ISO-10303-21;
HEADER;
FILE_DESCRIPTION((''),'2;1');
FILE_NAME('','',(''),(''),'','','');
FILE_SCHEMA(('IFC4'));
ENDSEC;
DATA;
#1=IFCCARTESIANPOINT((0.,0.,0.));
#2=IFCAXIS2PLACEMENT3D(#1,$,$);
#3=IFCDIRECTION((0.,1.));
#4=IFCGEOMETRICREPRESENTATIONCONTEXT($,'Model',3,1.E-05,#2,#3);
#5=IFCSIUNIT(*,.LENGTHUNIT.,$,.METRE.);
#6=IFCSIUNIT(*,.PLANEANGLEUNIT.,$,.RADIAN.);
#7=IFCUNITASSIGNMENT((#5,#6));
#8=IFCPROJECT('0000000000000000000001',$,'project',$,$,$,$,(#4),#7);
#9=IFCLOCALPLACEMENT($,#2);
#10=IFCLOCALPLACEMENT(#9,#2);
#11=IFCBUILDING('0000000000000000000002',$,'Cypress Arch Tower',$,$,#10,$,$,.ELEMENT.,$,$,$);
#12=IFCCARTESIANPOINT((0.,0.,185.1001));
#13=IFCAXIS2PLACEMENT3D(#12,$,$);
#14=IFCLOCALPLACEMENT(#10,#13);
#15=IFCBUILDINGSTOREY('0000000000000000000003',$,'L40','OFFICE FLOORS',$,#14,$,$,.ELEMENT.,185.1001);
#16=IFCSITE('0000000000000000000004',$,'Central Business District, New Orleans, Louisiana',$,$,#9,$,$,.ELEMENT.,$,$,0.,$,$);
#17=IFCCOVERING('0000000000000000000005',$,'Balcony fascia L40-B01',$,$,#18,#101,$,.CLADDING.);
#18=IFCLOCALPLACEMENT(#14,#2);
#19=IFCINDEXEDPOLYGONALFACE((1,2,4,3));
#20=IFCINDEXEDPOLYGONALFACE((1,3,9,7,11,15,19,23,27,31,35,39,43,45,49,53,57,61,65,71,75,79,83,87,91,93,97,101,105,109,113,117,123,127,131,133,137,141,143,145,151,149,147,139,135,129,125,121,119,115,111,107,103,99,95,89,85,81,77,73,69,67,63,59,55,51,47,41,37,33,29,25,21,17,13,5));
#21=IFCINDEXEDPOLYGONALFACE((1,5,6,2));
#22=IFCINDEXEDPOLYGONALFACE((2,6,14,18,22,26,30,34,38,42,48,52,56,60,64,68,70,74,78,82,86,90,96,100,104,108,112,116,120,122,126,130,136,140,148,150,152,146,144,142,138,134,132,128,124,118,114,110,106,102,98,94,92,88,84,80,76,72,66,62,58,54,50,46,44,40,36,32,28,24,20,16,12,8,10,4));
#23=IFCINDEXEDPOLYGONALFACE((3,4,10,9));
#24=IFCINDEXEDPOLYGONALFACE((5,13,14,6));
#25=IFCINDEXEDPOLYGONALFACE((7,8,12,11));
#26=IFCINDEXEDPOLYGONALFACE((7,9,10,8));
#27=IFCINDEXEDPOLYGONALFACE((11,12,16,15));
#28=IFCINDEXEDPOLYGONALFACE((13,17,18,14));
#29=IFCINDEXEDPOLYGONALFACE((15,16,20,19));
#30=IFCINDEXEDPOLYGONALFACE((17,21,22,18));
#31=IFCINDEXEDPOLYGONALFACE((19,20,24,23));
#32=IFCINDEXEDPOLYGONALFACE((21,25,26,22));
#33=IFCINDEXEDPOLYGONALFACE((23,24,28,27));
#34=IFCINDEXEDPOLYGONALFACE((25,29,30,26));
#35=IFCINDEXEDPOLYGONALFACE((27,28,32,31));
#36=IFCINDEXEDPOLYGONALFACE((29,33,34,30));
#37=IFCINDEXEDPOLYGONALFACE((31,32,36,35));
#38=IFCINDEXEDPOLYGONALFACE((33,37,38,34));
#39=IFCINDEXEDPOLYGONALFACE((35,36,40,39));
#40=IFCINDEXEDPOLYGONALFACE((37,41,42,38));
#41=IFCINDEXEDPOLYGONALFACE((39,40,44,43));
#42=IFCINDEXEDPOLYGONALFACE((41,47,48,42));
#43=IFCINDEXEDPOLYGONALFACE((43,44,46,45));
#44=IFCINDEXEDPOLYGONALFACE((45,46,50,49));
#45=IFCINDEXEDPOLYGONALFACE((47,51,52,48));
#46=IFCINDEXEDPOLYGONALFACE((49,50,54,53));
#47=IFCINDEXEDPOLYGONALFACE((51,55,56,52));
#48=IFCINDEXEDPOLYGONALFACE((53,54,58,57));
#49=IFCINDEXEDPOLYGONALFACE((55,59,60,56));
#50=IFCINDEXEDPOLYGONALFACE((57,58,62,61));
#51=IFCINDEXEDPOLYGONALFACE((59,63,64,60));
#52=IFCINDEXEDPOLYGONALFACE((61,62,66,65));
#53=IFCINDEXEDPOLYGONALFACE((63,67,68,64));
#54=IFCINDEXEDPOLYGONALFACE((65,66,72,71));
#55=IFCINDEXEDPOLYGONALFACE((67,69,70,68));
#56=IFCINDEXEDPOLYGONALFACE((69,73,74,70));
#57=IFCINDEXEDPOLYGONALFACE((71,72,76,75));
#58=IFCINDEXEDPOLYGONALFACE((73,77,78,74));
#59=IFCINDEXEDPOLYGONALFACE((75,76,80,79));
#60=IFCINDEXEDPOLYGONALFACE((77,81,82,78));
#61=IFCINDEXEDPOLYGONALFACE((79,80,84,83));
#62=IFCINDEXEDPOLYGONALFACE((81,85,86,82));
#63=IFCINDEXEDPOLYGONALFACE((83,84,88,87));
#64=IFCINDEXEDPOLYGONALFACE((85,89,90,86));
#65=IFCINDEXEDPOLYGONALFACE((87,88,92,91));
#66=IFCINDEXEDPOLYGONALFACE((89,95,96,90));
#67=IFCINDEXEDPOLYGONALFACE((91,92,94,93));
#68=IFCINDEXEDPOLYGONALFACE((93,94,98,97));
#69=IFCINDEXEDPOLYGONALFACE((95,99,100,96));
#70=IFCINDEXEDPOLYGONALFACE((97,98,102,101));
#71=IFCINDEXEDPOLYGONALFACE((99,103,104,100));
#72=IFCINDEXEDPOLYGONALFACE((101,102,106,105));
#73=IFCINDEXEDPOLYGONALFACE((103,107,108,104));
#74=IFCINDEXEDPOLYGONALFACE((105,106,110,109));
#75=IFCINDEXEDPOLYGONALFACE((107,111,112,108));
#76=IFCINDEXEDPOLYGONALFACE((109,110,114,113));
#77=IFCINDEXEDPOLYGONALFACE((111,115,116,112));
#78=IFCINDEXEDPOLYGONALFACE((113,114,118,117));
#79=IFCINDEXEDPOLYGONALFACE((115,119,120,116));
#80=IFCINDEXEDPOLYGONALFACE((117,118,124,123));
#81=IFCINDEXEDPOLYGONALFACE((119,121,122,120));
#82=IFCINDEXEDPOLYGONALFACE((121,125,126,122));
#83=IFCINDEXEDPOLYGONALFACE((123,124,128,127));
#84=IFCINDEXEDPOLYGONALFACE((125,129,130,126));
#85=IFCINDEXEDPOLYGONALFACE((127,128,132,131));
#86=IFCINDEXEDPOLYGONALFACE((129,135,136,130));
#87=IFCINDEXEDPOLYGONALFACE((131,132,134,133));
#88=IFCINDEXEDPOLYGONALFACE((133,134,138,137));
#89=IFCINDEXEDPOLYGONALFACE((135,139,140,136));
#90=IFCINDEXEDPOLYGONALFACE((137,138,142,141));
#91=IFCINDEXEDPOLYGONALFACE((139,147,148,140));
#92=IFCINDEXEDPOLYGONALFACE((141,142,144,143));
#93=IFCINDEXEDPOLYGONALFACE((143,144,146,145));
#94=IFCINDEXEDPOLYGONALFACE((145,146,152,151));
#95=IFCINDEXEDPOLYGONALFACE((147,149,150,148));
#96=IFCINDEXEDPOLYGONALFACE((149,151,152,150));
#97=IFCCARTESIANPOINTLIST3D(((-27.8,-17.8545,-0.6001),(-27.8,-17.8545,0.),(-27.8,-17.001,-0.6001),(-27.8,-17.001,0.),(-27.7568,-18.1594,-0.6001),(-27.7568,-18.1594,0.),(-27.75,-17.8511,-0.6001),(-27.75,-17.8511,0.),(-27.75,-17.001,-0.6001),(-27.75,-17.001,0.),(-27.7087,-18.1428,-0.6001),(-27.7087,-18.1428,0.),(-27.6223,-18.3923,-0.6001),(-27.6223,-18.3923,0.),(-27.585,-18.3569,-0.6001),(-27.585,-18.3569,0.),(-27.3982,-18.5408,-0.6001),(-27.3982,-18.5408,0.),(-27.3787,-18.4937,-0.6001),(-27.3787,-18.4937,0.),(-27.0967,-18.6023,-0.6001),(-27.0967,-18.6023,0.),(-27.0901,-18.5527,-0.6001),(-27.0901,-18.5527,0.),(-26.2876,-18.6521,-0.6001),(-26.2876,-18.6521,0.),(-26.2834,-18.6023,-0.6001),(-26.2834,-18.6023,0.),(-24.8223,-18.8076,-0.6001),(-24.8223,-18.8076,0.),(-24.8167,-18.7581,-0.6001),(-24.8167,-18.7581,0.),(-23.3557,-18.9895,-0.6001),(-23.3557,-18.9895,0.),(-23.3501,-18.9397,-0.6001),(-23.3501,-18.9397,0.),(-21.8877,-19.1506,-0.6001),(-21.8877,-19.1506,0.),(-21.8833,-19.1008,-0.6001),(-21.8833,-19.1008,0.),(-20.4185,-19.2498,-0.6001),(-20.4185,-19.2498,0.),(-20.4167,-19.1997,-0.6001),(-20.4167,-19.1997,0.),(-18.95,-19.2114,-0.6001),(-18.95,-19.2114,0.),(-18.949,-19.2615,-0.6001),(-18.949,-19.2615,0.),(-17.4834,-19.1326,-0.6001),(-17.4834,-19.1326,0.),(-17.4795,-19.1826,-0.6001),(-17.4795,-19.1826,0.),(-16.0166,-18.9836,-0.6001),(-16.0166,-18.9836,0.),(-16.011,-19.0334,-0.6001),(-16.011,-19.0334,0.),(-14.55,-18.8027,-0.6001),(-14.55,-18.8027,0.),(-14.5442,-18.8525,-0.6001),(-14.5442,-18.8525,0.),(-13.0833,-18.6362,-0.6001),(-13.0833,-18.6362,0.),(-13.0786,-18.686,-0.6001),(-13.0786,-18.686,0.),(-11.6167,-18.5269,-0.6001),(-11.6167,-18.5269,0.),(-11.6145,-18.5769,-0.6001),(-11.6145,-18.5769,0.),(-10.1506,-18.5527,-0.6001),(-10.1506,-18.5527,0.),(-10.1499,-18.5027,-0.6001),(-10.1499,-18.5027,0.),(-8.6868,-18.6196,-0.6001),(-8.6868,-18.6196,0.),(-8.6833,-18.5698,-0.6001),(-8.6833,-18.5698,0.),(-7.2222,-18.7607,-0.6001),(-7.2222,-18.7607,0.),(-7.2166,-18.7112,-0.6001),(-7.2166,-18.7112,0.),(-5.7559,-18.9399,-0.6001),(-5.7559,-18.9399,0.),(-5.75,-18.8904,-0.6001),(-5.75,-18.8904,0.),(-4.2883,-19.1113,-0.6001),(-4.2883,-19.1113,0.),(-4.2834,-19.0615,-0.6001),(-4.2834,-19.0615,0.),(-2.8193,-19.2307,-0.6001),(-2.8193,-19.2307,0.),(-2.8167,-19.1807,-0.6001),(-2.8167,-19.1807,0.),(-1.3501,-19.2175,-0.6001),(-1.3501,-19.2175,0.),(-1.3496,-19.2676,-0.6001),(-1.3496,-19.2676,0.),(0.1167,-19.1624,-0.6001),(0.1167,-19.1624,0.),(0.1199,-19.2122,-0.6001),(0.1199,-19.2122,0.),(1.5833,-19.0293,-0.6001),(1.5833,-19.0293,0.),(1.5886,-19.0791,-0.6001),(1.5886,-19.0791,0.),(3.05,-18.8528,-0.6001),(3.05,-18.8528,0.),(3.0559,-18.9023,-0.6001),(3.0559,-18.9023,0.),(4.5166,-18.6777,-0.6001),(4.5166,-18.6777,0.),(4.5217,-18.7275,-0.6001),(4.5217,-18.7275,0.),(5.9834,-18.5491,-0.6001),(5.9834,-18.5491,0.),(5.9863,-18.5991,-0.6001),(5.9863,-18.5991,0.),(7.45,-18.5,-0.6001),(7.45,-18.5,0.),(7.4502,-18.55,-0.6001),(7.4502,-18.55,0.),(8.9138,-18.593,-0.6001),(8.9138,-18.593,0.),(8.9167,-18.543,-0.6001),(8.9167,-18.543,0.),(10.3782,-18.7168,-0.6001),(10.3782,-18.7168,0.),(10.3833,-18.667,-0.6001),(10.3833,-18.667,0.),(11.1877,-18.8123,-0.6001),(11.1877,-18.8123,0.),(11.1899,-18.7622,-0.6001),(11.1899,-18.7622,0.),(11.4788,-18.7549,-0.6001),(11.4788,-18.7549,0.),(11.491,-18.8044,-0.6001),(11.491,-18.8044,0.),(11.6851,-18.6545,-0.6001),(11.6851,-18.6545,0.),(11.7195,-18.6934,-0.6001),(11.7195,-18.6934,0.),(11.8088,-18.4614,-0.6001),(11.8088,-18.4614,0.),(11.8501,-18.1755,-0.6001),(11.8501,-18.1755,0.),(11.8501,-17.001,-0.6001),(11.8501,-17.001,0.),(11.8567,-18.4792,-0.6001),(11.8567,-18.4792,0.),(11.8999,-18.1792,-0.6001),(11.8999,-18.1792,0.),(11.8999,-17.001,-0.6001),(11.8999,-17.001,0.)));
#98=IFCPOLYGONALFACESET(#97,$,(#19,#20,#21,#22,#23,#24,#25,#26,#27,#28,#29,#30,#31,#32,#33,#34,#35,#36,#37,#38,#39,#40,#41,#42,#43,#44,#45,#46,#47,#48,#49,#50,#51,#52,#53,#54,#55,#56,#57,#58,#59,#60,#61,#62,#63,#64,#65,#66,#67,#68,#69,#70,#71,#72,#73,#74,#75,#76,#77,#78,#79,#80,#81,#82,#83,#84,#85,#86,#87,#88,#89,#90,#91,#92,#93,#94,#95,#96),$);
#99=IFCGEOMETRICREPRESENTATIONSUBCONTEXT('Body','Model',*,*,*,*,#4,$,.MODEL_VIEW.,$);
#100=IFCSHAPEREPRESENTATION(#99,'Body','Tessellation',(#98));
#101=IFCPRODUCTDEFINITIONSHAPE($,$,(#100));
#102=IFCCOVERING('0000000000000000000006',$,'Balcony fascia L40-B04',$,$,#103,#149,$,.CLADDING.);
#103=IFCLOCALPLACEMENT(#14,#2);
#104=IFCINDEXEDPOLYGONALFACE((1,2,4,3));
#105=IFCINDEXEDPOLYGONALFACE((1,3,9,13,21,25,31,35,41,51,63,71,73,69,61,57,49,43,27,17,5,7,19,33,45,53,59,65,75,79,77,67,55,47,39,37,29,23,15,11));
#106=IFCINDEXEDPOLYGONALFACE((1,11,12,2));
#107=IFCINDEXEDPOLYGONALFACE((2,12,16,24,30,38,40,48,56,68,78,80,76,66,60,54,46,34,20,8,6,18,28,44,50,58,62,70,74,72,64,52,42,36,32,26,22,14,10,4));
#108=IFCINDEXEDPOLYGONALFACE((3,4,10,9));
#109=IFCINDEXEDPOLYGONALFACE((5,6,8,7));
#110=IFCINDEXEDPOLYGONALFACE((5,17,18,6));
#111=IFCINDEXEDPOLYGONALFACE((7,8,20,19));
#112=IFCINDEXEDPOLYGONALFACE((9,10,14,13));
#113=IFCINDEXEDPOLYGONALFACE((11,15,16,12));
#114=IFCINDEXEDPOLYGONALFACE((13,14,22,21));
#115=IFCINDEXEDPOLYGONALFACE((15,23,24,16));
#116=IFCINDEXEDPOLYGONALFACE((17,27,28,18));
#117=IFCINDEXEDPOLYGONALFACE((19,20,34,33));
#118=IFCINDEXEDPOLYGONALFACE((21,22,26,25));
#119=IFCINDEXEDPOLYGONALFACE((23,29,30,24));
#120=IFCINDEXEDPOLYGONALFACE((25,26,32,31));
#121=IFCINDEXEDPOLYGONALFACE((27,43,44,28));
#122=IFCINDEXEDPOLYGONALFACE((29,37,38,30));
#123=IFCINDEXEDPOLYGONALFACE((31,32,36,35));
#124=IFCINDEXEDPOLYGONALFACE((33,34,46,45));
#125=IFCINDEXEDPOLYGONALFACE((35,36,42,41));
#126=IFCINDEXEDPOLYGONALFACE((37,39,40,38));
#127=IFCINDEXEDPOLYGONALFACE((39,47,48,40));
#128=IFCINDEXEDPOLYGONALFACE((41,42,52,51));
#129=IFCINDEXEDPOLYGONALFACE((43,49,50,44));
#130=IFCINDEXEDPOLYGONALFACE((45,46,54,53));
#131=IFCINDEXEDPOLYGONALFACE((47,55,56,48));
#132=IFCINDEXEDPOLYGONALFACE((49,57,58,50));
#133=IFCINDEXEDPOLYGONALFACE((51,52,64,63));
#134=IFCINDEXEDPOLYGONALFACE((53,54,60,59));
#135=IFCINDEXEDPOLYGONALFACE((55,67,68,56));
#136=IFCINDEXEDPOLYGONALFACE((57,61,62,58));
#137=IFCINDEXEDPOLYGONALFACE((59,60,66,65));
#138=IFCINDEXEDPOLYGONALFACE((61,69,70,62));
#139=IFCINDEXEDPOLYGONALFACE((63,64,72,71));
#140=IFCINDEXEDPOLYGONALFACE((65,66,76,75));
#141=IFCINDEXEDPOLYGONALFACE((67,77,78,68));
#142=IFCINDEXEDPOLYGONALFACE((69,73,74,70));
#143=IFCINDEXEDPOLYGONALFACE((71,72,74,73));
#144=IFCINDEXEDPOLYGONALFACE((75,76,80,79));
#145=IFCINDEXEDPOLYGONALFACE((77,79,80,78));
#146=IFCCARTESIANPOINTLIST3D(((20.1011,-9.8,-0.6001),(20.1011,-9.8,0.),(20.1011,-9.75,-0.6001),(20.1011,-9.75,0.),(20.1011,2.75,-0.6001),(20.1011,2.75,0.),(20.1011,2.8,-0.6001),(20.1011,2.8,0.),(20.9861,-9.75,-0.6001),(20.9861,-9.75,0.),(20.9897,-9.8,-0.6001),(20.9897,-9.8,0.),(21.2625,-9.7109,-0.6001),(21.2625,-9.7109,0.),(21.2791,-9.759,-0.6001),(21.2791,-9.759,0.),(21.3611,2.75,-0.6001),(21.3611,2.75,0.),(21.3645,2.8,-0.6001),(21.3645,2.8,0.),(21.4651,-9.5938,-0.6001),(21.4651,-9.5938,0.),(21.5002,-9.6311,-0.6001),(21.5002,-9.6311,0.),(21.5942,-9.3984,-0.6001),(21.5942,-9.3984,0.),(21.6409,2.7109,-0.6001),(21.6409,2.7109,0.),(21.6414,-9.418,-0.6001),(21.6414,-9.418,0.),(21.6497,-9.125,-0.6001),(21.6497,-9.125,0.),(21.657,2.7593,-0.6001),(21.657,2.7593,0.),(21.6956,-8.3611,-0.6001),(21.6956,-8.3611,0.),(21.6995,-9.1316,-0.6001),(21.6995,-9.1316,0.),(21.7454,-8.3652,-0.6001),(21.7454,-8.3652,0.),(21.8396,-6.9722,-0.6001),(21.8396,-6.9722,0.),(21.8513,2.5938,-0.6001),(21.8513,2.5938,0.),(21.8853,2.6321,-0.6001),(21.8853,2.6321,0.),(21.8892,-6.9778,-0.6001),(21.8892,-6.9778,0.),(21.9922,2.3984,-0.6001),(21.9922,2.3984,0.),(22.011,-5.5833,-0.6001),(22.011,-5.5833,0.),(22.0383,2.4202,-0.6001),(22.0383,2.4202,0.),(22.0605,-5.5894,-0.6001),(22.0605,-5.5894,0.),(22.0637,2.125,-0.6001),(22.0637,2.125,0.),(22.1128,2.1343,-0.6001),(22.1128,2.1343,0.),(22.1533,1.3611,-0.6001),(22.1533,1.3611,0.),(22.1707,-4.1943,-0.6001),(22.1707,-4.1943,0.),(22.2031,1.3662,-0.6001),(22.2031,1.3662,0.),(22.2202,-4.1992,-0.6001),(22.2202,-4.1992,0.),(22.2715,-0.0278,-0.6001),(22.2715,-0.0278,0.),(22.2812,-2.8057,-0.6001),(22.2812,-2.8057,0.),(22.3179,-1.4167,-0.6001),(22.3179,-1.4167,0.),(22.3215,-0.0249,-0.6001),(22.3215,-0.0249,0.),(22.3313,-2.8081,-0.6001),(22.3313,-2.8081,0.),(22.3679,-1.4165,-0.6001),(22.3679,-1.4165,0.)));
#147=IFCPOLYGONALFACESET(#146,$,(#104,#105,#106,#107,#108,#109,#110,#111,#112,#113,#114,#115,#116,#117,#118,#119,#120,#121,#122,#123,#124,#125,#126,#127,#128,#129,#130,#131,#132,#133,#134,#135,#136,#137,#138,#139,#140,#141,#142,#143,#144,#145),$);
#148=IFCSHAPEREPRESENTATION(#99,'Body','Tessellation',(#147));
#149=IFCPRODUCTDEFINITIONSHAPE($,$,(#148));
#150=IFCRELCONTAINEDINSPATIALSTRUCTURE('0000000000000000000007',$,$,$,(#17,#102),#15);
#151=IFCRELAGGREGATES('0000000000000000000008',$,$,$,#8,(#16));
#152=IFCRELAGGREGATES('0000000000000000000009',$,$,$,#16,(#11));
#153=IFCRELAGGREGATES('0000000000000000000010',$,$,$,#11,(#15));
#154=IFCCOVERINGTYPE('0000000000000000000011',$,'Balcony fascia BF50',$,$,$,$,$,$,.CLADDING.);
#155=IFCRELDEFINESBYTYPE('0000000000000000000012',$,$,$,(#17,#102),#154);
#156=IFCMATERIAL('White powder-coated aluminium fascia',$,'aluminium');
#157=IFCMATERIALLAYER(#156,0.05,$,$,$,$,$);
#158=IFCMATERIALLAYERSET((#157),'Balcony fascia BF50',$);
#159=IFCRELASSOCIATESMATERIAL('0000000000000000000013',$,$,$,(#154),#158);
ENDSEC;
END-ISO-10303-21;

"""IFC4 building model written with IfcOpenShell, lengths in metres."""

from ifc_helpers import new_model, si_unit, direction, frame, origin, place, context, subcontext, project, spatial, polyline, outline, extrude, material, layer, layer_set, type_object, element, save


model = new_model("IFC4")

# Units and contexts
model_context = context("Model", 3, precision=1e-05, world=origin(), true_north=direction((0.0, 1.0)))
body_context = subcontext(model_context, "Body", "Model", "MODEL_VIEW")
ifc_project = project(units=[si_unit("LENGTHUNIT", "METRE"), si_unit("PLANEANGLEUNIT", "RADIAN")], contexts=[model_context])

# Site, building, storey
site_placement = place(None, origin())
site = spatial("IfcSite", under=ifc_project, at=site_placement, Name="Central Business District, New Orleans, Louisiana", CompositionType="ELEMENT", RefElevation=0.0)
building_placement = place(site_placement, origin())
building = spatial("IfcBuilding", under=site, at=building_placement, Name="Cypress Arch Tower", CompositionType="ELEMENT")
storey_placement = place(building_placement, frame((0.0, 0.0, 185.1001)))
storey = spatial("IfcBuildingStorey", under=building, at=storey_placement, Name="L40", Description="OFFICE FLOORS", CompositionType="ELEMENT", Elevation=185.1001)

# Coverings
ifc_material_1 = material(Name="White powder-coated aluminium fascia", Category="aluminium")
ifc_layer_1 = layer(ifc_material_1, 0.05)
ifc_layer_set_1 = layer_set([ifc_layer_1], Name="Balcony fascia BF50")
covering_type_1 = type_object("IfcCoveringType", Name="Balcony fascia BF50", PredefinedType="CLADDING", material=ifc_layer_set_1)
covering_1_placement = place(storey_placement, frame((0.0, 0.0, -0.6001)))
element("IfcCovering", 1, at=covering_1_placement, inside=storey, type_object=covering_type_1, Name="Balcony fascia L40-B01", PredefinedType="CLADDING", context=body_context, shape_type="SweptSolid", body=[
    extrude(outline(polyline([(11.8999, -18.1792), (11.8567, -18.4792), (11.7195, -18.6934), (11.491, -18.8044), (11.1877, -18.8123), (10.3782, -18.7168), (8.9138, -18.593), (7.4502, -18.55), (5.9863, -18.5991), (4.5217, -18.7275), (3.0559, -18.9023), (1.5886, -19.0791), (0.1199, -19.2122), (-1.3496, -19.2676), (-2.8193, -19.2307), (-4.2883, -19.1113), (-5.7559, -18.9399), (-7.2222, -18.7607), (-8.6868, -18.6196), (-10.1506, -18.5527), (-11.6145, -18.5769), (-13.0786, -18.686), (-14.5442, -18.8525), (-16.011, -19.0334), (-17.4795, -19.1826), (-18.949, -19.2615), (-20.4185, -19.2498), (-21.8877, -19.1506), (-23.3557, -18.9895), (-24.8223, -18.8076), (-26.2876, -18.6521), (-27.0967, -18.6023), (-27.3982, -18.5408), (-27.6223, -18.3923), (-27.7568, -18.1594), (-27.8, -17.8545), (-27.8, -17.001), (-27.75, -17.001), (-27.75, -17.8511), (-27.7087, -18.1428), (-27.585, -18.3569), (-27.3787, -18.4937), (-27.0901, -18.5527), (-26.2834, -18.6023), (-24.8167, -18.7581), (-23.3501, -18.9397), (-21.8833, -19.1008), (-20.4167, -19.1997), (-18.95, -19.2114), (-17.4834, -19.1326), (-16.0166, -18.9836), (-14.55, -18.8027), (-13.0833, -18.6362), (-11.6167, -18.5269), (-10.1499, -18.5027), (-8.6833, -18.5698), (-7.2166, -18.7112), (-5.75, -18.8904), (-4.2834, -19.0615), (-2.8167, -19.1807), (-1.3501, -19.2175), (0.1167, -19.1624), (1.5833, -19.0293), (3.05, -18.8528), (4.5166, -18.6777), (5.9834, -18.5491), (7.45, -18.5), (8.9167, -18.543), (10.3833, -18.667), (11.1899, -18.7622), (11.4788, -18.7549), (11.6851, -18.6545), (11.8088, -18.4614), (11.8501, -18.1755), (11.8501, -17.001), (11.8999, -17.001), (11.8999, -18.1792)])), origin(), (0.0, 0.0, 1.0), 0.6001),
])
covering_2_placement = place(storey_placement, frame((0.0, 0.0, -0.6001)))
element("IfcCovering", 2, at=covering_2_placement, inside=storey, type_object=covering_type_1, Name="Balcony fascia L40-B04", PredefinedType="CLADDING", context=body_context, shape_type="SweptSolid", body=[
    extrude(outline(polyline([(21.3645, 2.8), (21.657, 2.7593), (21.8853, 2.6321), (22.0383, 2.4202), (22.1128, 2.1343), (22.2031, 1.3662), (22.3215, -0.0249), (22.3679, -1.4165), (22.3313, -2.8081), (22.2202, -4.1992), (22.0605, -5.5894), (21.8892, -6.9778), (21.7454, -8.3652), (21.6995, -9.1316), (21.6414, -9.418), (21.5002, -9.6311), (21.2791, -9.759), (20.9897, -9.8), (20.1011, -9.8), (20.1011, -9.75), (20.9861, -9.75), (21.2625, -9.7109), (21.4651, -9.5938), (21.5942, -9.3984), (21.6497, -9.125), (21.6956, -8.3611), (21.8396, -6.9722), (22.011, -5.5833), (22.1707, -4.1943), (22.2812, -2.8057), (22.3179, -1.4167), (22.2715, -0.0278), (22.1533, 1.3611), (22.0637, 2.125), (21.9922, 2.3984), (21.8513, 2.5938), (21.6409, 2.7109), (21.3611, 2.75), (20.1011, 2.75), (20.1011, 2.8), (21.3645, 2.8)])), origin(), (0.0, 0.0, 1.0), 0.6001),
])

save(model, "model.ifc")
